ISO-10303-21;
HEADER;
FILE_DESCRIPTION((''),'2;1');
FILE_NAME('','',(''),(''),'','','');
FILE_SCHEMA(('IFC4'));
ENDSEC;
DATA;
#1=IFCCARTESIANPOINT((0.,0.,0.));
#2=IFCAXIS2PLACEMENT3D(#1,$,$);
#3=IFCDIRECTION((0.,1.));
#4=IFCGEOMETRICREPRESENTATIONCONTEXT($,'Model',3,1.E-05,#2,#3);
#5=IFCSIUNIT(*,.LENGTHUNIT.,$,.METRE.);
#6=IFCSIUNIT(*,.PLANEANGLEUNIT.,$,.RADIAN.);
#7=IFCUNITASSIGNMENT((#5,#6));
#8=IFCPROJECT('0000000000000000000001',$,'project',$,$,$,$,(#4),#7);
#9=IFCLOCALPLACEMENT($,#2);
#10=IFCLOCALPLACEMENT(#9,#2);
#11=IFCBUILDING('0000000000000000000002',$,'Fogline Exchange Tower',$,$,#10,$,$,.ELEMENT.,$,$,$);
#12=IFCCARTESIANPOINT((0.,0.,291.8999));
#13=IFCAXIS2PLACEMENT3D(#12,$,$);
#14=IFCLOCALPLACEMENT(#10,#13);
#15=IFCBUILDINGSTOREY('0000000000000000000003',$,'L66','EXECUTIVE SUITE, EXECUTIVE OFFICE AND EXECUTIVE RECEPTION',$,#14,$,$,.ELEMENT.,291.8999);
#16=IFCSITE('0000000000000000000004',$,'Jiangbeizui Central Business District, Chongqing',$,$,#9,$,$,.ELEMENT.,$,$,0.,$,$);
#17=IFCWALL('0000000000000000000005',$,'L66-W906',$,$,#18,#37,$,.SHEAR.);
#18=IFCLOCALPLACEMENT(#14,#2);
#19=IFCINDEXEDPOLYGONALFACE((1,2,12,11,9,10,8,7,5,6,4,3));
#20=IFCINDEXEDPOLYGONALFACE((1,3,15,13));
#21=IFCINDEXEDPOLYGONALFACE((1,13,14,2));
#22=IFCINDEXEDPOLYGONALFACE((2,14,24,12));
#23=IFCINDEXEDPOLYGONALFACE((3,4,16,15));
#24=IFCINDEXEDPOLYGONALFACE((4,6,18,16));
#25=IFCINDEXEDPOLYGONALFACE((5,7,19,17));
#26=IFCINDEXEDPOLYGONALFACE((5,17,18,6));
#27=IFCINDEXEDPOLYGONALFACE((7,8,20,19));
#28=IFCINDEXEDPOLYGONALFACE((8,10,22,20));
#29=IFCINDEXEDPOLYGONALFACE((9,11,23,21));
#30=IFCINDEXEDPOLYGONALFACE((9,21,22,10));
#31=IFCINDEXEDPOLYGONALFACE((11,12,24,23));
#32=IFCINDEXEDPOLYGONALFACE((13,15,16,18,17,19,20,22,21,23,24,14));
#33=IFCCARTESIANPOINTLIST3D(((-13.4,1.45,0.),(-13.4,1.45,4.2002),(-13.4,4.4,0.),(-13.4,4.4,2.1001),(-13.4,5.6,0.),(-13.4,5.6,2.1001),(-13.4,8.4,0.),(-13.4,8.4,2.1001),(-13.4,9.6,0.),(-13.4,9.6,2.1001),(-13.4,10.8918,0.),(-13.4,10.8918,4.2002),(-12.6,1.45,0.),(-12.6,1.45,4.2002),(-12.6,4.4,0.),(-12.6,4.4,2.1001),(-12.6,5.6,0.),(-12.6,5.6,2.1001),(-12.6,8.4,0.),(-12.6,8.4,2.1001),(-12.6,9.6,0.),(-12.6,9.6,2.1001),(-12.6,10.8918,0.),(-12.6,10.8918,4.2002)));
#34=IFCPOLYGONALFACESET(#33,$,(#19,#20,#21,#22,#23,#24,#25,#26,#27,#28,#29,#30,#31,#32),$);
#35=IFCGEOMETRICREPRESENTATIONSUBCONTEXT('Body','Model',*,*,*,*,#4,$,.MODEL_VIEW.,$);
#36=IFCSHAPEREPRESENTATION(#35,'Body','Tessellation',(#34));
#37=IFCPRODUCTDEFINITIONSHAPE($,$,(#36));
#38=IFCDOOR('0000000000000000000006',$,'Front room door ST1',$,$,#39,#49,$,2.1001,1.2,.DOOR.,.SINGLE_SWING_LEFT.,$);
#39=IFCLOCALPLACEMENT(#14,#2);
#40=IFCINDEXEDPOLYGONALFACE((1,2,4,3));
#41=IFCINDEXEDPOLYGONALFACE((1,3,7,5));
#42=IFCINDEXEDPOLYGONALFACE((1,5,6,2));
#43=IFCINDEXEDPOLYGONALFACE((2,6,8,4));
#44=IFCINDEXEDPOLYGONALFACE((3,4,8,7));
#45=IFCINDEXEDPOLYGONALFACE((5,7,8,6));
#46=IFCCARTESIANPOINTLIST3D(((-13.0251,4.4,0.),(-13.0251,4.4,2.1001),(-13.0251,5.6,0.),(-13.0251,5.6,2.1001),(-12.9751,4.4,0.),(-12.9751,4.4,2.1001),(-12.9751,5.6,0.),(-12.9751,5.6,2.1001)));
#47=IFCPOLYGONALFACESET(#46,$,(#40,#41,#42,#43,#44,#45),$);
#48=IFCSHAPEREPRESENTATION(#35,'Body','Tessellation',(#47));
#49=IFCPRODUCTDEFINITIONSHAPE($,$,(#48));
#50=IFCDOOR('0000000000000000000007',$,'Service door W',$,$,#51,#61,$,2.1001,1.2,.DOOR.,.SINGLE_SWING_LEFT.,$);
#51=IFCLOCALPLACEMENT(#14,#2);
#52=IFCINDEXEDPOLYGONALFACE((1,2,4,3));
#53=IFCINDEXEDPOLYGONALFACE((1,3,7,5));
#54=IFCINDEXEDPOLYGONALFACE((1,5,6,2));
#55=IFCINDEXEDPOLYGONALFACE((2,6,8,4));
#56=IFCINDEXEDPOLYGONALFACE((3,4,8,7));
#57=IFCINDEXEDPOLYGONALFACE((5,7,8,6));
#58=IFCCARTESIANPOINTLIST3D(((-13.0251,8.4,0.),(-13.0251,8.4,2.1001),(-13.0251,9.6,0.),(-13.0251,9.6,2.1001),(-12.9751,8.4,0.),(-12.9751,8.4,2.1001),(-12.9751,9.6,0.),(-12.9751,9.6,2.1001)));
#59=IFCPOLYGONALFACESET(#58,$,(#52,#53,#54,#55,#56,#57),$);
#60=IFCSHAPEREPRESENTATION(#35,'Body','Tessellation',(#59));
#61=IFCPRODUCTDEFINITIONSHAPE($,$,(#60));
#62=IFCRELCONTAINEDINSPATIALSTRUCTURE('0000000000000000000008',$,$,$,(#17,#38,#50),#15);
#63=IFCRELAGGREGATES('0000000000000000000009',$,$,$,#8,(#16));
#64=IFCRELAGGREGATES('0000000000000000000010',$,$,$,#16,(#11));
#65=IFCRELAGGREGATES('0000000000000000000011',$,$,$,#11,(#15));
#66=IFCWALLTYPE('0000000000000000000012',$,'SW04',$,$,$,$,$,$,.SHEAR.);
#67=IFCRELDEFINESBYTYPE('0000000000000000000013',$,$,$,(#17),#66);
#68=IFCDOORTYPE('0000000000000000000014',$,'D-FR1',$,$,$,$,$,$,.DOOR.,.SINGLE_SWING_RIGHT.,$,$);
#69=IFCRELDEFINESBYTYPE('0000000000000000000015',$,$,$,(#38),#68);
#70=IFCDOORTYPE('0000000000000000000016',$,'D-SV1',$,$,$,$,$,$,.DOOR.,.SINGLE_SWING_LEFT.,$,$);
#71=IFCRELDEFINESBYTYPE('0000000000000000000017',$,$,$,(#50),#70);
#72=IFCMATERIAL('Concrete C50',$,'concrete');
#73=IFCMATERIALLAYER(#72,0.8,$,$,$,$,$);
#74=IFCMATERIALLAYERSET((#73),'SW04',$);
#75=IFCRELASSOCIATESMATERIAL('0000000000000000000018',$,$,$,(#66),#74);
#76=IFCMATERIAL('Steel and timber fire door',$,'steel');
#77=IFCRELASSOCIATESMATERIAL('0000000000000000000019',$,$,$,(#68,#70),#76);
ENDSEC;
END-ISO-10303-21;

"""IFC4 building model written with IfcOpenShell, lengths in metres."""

from ifc_helpers import new_model, si_unit, direction, frame, frame_2d, origin, place, context, subcontext, project, spatial, rectangle, extrude, material, layer, layer_set, type_object, element, fill, save


model = new_model("IFC4")

# Units and contexts
model_context = context("Model", 3, precision=1e-05, world=origin(), true_north=direction((0.0, 1.0)))
body_context = subcontext(model_context, "Body", "Model", "MODEL_VIEW")
ifc_project = project(units=[si_unit("LENGTHUNIT", "METRE"), si_unit("PLANEANGLEUNIT", "RADIAN")], contexts=[model_context])

# Site, building, storey
site_placement = place(None, origin())
site = spatial("IfcSite", under=ifc_project, at=site_placement, Name="Jiangbeizui Central Business District, Chongqing", CompositionType="ELEMENT", RefElevation=0.0)
building_placement = place(site_placement, origin())
building = spatial("IfcBuilding", under=site, at=building_placement, Name="Fogline Exchange Tower", CompositionType="ELEMENT")
storey_placement = place(building_placement, frame((0.0, 0.0, 291.8999)))
storey = spatial("IfcBuildingStorey", under=building, at=storey_placement, Name="L66", Description="EXECUTIVE SUITE, EXECUTIVE OFFICE AND EXECUTIVE RECEPTION", CompositionType="ELEMENT", Elevation=291.8999)

# Wall, openings, doors
ifc_material_1 = material(Name="Concrete C50", Category="concrete")
ifc_layer_1 = layer(ifc_material_1, 0.8)
ifc_layer_set_1 = layer_set([ifc_layer_1], Name="SW04")
wall_type_1 = type_object("IfcWallType", Name="SW04", PredefinedType="SHEAR", material=ifc_layer_set_1)
wall_1_placement = place(storey_placement, frame((-13.0, 10.8918, 0.0), z_axis=(0.0, 0.0, 1.0), x_axis=(0.0, -1.0, 0.0)))
wall_1 = element("IfcWall", 1, at=wall_1_placement, inside=storey, type_object=wall_type_1, Name="L66-W906", PredefinedType="SHEAR", context=body_context, shape_type="SweptSolid", body=[
    extrude(rectangle(XDim=9.4419, YDim=0.8, at=frame_2d((4.7209, 0.0))), origin(), (0.0, 0.0, 1.0), 4.2002),
])
opening_1_placement = place(wall_1_placement, frame((5.2917, 0.0, 0.0)))
opening_1 = element("IfcOpeningElement", 2, at=opening_1_placement, cuts=wall_1, PredefinedType="OPENING", context=body_context, shape_type="SweptSolid", body=[
    extrude(rectangle(XDim=1.2, YDim=2.1001, at=frame_2d((0.6001, 1.05))), frame((0.0, 0.4102, 0.0), z_axis=(0.0, -1.0, 0.0), x_axis=(1.0, 0.0, 0.0)), (0.0, 0.0, 1.0), 0.8201),
])
opening_2_placement = place(wall_1_placement, frame((1.2917, 0.0, 0.0)))
opening_2 = element("IfcOpeningElement", 3, at=opening_2_placement, cuts=wall_1, PredefinedType="OPENING", context=body_context, shape_type="SweptSolid", body=[
    extrude(rectangle(XDim=1.2, YDim=2.1001, at=frame_2d((0.6001, 1.05))), frame((0.0, 0.4102, 0.0), z_axis=(0.0, -1.0, 0.0), x_axis=(1.0, 0.0, 0.0)), (0.0, 0.0, 1.0), 0.8201),
])
ifc_material_2 = material(Name="Steel and timber fire door", Category="steel")
door_type_1 = type_object("IfcDoorType", Name="D-FR1", OperationType="SINGLE_SWING_RIGHT", PredefinedType="DOOR", material=ifc_material_2)
door_1_placement = place(opening_1_placement, origin())
door_1 = element("IfcDoor", 4, at=door_1_placement, inside=storey, type_object=door_type_1, Name="Front room door ST1", OperationType="SINGLE_SWING_LEFT", OverallHeight=2.1001, OverallWidth=1.2, PredefinedType="DOOR", context=body_context, shape_type="SweptSolid", body=[
    extrude(rectangle(XDim=1.2, YDim=2.1001, at=frame_2d((0.6001, 1.05))), frame((0.0, 0.0249, 0.0), z_axis=(0.0, -1.0, 0.0), x_axis=(1.0, 0.0, 0.0)), (0.0, 0.0, 1.0), 0.05),
])
fill(opening_1, door_1)
door_type_2 = type_object("IfcDoorType", Name="D-SV1", OperationType="SINGLE_SWING_LEFT", PredefinedType="DOOR", material=ifc_material_2)
door_2_placement = place(opening_2_placement, origin())
door_2 = element("IfcDoor", 5, at=door_2_placement, inside=storey, type_object=door_type_2, Name="Service door W", OperationType="SINGLE_SWING_LEFT", OverallHeight=2.1001, OverallWidth=1.2, PredefinedType="DOOR", context=body_context, shape_type="SweptSolid", body=[
    extrude(rectangle(XDim=1.2, YDim=2.1001, at=frame_2d((0.6001, 1.05))), frame((0.0, 0.0249, 0.0), z_axis=(0.0, -1.0, 0.0), x_axis=(1.0, 0.0, 0.0)), (0.0, 0.0, 1.0), 0.05),
])
fill(opening_2, door_2)

save(model, "model.ifc")
